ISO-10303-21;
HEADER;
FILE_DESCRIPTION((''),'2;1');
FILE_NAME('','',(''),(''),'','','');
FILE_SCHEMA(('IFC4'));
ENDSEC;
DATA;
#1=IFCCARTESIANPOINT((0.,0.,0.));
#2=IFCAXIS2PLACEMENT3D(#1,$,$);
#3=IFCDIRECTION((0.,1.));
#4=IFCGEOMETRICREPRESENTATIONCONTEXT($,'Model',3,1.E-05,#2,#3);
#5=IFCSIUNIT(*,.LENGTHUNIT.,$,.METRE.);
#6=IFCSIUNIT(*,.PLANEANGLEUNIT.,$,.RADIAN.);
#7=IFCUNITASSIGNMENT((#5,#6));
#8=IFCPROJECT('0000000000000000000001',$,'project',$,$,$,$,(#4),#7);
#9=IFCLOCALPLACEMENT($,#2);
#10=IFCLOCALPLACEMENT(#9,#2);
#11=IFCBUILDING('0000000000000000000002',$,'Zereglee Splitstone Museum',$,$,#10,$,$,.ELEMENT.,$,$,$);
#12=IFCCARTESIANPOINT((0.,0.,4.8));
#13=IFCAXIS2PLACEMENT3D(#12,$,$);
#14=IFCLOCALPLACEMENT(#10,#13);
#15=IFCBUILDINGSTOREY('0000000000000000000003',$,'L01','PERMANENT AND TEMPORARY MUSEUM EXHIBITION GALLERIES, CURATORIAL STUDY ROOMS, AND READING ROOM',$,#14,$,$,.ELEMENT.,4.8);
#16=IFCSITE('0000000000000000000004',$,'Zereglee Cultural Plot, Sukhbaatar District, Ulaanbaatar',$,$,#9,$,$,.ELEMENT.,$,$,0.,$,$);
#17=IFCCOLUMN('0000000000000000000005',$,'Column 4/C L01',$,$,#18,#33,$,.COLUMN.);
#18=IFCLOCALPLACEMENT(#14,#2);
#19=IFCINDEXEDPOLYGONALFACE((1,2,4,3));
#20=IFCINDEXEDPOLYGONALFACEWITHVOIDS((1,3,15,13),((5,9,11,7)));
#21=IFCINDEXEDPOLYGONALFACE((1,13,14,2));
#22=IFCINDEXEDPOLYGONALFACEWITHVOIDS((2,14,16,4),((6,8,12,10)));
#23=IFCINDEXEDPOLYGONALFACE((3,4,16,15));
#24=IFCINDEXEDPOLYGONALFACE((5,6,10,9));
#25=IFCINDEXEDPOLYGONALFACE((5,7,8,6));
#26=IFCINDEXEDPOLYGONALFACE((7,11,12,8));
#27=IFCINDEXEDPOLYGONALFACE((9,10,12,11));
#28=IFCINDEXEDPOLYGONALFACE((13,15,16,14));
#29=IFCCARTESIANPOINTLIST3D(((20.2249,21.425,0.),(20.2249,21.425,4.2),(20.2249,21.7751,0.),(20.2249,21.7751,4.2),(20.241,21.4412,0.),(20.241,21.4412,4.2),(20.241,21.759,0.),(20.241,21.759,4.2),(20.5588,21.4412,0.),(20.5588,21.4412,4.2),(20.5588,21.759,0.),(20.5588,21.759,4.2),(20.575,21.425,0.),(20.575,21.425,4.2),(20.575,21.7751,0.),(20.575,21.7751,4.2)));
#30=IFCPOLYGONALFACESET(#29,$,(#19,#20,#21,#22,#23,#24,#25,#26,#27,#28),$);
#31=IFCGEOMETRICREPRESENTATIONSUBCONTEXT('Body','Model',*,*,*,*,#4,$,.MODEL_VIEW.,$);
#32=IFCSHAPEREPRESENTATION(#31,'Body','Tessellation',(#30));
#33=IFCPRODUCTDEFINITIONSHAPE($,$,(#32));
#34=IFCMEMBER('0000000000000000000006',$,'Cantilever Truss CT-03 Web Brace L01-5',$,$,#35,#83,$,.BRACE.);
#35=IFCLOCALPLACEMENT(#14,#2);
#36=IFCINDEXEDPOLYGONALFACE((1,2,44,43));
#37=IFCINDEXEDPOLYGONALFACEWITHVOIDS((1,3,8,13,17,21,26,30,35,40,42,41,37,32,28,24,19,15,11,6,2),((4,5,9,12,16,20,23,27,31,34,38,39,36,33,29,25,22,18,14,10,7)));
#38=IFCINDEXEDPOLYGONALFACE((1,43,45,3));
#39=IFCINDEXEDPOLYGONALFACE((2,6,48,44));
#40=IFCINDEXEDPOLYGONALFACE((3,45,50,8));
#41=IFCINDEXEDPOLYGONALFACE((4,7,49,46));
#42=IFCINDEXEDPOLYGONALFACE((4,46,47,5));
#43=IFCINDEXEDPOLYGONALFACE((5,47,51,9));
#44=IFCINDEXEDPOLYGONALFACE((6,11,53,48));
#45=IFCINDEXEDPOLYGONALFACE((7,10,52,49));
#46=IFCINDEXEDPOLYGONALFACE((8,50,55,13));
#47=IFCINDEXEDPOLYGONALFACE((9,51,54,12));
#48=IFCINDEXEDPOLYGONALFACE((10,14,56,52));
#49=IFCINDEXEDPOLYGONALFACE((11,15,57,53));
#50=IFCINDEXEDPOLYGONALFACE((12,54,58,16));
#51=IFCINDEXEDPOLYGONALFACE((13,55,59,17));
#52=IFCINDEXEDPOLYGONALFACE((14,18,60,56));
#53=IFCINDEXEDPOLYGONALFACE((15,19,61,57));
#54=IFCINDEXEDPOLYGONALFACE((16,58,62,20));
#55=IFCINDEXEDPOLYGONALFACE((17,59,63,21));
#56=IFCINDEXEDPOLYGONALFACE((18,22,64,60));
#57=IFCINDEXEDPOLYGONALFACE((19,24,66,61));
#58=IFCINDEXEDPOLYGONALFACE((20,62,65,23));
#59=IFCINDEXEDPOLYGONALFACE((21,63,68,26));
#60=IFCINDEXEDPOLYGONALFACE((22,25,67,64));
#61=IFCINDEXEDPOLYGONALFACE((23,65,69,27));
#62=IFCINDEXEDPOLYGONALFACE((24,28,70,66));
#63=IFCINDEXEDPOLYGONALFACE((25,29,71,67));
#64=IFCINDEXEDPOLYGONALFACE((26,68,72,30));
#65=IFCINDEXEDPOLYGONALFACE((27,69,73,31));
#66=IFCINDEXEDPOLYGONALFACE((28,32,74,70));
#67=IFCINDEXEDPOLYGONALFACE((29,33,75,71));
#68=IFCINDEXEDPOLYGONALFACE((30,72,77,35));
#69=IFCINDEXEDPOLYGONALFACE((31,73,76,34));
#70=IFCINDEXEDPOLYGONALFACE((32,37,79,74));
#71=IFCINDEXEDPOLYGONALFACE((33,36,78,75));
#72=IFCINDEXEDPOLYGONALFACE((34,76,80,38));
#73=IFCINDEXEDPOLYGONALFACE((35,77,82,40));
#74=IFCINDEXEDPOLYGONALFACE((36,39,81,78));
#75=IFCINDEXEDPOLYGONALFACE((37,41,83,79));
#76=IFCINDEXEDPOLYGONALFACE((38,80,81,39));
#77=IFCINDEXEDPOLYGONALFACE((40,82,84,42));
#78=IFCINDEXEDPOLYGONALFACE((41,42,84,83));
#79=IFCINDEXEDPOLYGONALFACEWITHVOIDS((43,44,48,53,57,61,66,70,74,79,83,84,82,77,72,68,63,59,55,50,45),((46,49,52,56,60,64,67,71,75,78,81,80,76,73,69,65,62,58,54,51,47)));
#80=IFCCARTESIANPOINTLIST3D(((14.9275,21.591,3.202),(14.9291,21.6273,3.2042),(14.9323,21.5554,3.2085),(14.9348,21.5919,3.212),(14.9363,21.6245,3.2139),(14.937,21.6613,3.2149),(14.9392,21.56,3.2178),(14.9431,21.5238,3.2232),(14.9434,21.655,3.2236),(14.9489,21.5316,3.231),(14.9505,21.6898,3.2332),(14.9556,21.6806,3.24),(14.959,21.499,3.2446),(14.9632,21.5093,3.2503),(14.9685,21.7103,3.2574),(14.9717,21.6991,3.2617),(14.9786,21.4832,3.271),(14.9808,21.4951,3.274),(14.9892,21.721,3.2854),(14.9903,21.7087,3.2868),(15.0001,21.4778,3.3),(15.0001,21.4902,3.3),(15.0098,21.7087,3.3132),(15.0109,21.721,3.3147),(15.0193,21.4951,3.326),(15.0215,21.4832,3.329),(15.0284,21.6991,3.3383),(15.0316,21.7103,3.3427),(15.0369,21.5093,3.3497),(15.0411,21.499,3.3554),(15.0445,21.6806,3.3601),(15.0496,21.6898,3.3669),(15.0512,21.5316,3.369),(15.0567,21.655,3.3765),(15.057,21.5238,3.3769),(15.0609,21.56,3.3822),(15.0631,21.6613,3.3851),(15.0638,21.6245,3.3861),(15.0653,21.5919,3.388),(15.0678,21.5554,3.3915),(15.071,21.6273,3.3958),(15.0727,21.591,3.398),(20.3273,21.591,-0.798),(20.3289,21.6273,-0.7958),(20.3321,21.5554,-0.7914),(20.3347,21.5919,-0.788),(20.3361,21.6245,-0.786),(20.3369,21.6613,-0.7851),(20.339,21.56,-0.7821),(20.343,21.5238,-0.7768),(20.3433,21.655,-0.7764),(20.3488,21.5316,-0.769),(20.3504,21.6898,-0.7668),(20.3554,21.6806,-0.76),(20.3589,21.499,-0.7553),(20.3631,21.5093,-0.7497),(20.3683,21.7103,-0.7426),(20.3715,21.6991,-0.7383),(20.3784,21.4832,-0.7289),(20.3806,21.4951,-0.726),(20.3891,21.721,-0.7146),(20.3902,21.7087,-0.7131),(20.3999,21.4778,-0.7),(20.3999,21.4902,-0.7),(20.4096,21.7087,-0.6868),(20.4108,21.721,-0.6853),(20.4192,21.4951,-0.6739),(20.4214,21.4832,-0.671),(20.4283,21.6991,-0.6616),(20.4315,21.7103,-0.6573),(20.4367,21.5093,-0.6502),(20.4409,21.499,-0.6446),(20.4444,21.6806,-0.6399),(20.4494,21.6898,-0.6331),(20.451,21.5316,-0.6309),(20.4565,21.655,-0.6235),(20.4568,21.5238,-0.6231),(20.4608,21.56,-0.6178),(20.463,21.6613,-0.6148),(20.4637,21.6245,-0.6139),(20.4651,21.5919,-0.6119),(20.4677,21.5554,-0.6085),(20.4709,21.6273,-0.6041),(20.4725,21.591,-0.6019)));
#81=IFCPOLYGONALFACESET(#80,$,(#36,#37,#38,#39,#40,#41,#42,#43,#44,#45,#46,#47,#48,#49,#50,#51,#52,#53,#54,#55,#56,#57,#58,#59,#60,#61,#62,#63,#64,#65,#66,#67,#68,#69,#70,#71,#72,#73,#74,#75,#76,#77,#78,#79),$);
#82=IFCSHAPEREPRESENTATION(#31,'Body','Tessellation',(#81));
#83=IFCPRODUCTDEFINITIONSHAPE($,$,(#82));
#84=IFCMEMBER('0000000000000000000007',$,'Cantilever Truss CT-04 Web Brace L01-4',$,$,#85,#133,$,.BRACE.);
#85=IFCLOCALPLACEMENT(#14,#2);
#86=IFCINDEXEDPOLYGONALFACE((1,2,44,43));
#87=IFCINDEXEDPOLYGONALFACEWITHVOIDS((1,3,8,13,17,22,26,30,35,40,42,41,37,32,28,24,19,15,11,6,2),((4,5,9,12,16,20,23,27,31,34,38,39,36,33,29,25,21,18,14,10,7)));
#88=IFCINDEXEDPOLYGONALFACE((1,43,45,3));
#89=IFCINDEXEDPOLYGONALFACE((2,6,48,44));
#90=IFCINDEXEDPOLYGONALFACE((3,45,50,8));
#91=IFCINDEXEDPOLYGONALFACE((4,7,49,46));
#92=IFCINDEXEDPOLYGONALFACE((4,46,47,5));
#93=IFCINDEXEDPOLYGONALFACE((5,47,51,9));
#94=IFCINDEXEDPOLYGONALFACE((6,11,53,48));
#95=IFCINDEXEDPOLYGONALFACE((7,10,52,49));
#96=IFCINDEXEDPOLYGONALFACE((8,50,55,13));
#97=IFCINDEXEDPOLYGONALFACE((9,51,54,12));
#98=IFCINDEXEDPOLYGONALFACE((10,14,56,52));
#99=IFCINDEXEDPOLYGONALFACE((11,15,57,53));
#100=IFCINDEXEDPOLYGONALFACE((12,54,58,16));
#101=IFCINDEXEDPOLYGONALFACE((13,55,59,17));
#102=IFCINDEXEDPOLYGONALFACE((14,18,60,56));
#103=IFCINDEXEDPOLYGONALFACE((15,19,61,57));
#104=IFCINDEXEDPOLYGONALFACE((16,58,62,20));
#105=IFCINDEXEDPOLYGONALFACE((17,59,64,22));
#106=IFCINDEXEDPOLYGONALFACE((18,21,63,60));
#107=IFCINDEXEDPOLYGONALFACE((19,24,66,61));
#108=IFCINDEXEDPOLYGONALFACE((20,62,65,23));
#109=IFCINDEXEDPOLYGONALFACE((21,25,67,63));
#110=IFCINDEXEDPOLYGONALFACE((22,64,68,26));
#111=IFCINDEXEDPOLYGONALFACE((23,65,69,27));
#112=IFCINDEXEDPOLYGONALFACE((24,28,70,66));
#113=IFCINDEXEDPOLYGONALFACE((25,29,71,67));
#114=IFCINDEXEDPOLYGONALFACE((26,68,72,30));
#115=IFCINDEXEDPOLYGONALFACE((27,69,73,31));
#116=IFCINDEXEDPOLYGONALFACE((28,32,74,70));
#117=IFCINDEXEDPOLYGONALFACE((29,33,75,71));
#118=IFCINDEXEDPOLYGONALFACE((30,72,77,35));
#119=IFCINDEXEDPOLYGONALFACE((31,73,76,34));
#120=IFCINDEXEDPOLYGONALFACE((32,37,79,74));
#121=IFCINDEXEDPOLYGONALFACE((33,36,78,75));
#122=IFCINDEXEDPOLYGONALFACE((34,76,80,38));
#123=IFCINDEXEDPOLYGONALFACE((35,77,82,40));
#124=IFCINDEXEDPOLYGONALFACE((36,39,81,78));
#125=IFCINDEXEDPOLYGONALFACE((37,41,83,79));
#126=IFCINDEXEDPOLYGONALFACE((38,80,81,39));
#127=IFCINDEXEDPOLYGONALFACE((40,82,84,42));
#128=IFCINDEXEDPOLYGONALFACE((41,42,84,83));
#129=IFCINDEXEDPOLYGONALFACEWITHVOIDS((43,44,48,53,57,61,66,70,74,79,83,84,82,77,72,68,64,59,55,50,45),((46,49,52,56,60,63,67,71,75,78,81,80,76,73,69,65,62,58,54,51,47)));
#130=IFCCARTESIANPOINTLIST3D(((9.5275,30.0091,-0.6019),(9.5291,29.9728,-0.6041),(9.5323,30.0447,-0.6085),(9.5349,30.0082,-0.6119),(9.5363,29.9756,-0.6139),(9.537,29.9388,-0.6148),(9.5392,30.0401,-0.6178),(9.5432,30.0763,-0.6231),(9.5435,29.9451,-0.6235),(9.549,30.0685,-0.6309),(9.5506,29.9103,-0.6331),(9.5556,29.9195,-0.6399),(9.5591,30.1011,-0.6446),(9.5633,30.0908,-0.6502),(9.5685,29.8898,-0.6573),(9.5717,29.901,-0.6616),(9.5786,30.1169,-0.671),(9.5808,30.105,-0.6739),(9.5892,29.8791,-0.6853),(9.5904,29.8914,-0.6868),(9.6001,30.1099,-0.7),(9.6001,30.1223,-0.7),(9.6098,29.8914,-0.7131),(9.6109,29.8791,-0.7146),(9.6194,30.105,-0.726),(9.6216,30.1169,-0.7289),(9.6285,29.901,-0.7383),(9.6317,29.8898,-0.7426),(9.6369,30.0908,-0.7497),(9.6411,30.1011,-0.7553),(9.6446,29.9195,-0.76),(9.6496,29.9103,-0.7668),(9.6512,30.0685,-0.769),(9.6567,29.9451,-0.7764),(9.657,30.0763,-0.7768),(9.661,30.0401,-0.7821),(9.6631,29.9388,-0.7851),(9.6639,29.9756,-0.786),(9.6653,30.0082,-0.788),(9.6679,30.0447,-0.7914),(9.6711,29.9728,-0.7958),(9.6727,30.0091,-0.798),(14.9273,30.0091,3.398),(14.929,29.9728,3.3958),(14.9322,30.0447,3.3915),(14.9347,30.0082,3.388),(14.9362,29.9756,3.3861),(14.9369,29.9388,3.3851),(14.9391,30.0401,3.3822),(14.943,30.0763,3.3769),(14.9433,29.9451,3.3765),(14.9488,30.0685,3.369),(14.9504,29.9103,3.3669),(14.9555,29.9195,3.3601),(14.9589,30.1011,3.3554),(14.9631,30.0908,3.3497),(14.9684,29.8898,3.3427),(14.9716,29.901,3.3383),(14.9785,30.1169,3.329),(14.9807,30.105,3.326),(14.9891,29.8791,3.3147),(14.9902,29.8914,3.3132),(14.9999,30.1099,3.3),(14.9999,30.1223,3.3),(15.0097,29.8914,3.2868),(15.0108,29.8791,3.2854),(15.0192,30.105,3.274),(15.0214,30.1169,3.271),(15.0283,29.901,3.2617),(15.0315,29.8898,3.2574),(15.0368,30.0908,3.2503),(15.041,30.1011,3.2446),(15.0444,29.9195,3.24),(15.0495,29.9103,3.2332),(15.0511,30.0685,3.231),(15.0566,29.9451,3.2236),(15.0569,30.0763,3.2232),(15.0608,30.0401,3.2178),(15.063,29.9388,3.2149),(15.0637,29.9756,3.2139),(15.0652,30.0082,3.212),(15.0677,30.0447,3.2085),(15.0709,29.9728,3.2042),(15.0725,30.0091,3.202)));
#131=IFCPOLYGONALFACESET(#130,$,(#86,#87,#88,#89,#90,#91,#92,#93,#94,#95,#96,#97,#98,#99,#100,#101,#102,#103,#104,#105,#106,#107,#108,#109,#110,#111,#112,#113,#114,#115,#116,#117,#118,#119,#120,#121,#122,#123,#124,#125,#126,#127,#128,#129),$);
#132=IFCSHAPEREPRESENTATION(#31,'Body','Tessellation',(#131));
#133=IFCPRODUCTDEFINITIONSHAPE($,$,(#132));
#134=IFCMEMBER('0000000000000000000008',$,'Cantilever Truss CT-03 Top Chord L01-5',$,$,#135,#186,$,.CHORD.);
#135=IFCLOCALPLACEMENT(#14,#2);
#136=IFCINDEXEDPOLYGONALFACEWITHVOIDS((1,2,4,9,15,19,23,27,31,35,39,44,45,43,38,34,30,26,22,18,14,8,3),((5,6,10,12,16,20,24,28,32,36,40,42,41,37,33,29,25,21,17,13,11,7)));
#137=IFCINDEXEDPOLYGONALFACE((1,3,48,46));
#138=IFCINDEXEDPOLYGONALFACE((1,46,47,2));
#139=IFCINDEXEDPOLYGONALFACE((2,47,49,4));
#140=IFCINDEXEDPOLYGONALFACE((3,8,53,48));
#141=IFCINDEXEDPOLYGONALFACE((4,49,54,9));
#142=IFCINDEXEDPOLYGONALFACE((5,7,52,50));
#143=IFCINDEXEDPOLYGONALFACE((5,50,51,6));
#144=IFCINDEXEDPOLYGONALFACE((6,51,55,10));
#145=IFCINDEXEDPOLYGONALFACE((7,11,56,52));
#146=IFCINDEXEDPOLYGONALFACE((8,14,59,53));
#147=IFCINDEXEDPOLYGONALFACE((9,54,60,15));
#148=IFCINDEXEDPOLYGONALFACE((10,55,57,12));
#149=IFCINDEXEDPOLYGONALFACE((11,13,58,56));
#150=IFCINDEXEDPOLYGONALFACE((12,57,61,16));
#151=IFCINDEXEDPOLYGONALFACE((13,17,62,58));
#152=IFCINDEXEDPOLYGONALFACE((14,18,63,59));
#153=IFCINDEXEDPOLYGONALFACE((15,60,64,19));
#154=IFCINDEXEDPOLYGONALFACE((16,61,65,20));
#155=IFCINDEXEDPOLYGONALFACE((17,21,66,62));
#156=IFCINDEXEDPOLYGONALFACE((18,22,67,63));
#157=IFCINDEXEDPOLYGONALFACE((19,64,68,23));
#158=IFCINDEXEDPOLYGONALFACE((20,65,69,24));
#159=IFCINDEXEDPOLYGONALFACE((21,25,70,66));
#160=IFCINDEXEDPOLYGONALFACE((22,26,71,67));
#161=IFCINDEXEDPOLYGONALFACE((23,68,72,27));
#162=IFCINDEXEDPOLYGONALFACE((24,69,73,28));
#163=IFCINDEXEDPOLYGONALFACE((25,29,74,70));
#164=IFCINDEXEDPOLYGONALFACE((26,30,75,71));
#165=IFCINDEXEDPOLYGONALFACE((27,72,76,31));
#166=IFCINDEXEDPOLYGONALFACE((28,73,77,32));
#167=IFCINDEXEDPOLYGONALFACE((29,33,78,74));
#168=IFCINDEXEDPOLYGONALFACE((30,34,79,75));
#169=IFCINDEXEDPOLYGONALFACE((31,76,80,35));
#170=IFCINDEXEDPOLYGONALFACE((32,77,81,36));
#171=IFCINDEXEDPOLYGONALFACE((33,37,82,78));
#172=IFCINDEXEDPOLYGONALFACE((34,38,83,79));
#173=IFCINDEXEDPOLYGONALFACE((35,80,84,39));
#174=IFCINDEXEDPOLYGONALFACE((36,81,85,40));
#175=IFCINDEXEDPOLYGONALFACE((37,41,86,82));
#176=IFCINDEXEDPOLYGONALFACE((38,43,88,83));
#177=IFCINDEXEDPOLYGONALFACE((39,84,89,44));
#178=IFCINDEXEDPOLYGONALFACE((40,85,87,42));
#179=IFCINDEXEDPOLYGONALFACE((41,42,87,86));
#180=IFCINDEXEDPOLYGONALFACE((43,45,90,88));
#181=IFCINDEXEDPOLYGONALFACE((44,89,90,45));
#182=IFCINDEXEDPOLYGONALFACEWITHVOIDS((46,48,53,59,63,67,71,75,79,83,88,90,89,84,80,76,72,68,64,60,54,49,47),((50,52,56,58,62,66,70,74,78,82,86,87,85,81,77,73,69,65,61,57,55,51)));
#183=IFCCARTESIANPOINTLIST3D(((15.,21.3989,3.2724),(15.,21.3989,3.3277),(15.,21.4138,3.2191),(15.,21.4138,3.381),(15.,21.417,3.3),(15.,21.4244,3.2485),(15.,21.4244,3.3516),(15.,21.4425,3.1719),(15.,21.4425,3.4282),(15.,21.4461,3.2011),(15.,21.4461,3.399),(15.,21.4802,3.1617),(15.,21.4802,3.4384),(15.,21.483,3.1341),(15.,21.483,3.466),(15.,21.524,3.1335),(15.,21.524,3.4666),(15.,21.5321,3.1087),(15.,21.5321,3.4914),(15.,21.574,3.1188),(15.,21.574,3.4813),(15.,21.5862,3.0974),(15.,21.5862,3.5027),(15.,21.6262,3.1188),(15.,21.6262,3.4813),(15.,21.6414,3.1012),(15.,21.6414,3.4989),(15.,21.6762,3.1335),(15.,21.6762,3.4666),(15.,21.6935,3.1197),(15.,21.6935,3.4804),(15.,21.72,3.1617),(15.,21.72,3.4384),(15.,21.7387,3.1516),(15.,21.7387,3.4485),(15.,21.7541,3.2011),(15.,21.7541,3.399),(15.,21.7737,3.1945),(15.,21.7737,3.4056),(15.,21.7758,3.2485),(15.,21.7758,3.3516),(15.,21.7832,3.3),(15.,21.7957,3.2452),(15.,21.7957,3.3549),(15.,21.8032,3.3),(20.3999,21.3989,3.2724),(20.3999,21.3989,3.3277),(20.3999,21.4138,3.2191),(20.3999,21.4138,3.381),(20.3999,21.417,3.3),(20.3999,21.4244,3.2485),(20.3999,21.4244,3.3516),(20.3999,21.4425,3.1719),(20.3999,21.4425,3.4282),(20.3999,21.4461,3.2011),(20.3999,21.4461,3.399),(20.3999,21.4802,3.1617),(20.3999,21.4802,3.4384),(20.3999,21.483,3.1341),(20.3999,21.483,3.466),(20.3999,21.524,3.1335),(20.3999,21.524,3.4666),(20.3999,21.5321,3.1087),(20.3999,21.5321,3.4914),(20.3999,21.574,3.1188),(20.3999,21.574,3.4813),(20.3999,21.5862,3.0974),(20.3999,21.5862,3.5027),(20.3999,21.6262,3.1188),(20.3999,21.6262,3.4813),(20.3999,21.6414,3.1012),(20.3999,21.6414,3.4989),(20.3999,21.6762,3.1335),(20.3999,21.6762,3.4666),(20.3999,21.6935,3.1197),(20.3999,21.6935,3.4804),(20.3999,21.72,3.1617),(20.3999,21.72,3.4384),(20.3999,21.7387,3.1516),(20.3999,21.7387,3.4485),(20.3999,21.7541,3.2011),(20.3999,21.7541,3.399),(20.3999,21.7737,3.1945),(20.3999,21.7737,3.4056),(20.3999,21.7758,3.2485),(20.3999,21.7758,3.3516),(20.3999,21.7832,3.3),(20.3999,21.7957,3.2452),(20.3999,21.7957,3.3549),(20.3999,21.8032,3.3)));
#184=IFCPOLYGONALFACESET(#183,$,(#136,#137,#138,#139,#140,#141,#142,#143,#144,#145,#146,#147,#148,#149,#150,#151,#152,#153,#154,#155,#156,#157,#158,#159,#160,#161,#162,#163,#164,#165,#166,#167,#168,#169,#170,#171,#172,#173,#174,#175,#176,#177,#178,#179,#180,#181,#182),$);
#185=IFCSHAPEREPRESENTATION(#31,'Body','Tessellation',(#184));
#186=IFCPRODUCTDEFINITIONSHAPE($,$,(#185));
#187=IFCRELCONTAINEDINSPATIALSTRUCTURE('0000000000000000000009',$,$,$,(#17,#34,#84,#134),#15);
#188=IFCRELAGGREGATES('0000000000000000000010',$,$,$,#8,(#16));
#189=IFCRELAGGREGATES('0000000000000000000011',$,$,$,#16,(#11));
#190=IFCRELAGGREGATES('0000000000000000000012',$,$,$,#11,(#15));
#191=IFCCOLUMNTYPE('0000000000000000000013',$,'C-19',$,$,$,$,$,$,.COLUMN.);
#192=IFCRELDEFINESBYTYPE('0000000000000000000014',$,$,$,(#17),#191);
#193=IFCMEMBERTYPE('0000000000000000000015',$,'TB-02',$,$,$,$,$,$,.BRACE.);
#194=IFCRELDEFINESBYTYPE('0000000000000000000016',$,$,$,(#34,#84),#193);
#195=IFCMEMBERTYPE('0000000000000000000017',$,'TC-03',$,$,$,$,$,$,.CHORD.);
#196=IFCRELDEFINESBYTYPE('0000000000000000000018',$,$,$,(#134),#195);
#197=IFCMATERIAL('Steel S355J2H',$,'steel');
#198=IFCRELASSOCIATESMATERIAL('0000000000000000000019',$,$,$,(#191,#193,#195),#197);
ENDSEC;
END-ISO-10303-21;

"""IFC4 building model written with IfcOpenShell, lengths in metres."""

from ifc_helpers import new_model, si_unit, direction, frame, origin, origin_2d, place, context, subcontext, project, spatial, hollow_rectangle, hollow_circle, extrude, material, material_profile, profile_set, type_object, element, save


model = new_model("IFC4")

# Units and contexts
model_context = context("Model", 3, precision=1e-05, world=origin(), true_north=direction((0.0, 1.0)))
body_context = subcontext(model_context, "Body", "Model", "MODEL_VIEW")
ifc_project = project(units=[si_unit("LENGTHUNIT", "METRE"), si_unit("PLANEANGLEUNIT", "RADIAN")], contexts=[model_context])

# Site, building, storey
site_placement = place(None, origin())
site = spatial("IfcSite", under=ifc_project, at=site_placement, Name="Zereglee Cultural Plot, Sukhbaatar District, Ulaanbaatar", CompositionType="ELEMENT", RefElevation=0.0)
building_placement = place(site_placement, origin())
building = spatial("IfcBuilding", under=site, at=building_placement, Name="Zereglee Splitstone Museum", CompositionType="ELEMENT")
storey_placement = place(building_placement, frame((0.0, 0.0, 4.8)))
storey = spatial("IfcBuildingStorey", under=building, at=storey_placement, Name="L01", Description="PERMANENT AND TEMPORARY MUSEUM EXHIBITION GALLERIES, CURATORIAL STUDY ROOMS, AND READING ROOM", CompositionType="ELEMENT", Elevation=4.8)

# Column
ifc_material_1 = material(Name="Steel S355J2H", Category="steel")
ifc_material_profile_1 = material_profile(ifc_material_1, hollow_rectangle(XDim=0.3501, YDim=0.3501, WallThickness=0.0161, at=origin_2d()), Name="SHS 350x350x16")
ifc_profile_set_1 = profile_set([ifc_material_profile_1], Name="Steel S355J2H")
column_type = type_object("IfcColumnType", Name="C-19", PredefinedType="COLUMN", material=ifc_profile_set_1)
column_placement = place(storey_placement, frame((20.3999, 21.6001, 0.0), z_axis=(0.0, 0.0, 1.0), x_axis=(1.0, 0.0, 0.0)))
element("IfcColumn", 1, at=column_placement, inside=storey, type_object=column_type, Name="Column 4/C L01", PredefinedType="COLUMN", context=body_context, shape_type="SweptSolid", body=[
    extrude(hollow_rectangle(XDim=0.3501, YDim=0.3501, WallThickness=0.0161, at=origin_2d()), origin(), (0.0, 0.0, 1.0), 4.2),
])

# Members
ifc_material_profile_2 = material_profile(ifc_material_1, hollow_circle(Radius=0.1223, WallThickness=0.0125, at=origin_2d()), Name="CHS 244.5x12.5")
ifc_profile_set_2 = profile_set([ifc_material_profile_2], Name="Steel S355J2H")
member_type_1 = type_object("IfcMemberType", Name="TB-02", PredefinedType="BRACE", material=ifc_profile_set_2)
for number, where, z_axis, x_axis, name in (
    (2, (20.3999, 21.6001, -0.7), (-0.803552, 0.0, 0.595235), (0.0, -1.0, 0.0), "Cantilever Truss CT-03 Web Brace L01-5"),
    (3, (9.6001, 30.0, -0.7), (0.803552, 0.0, 0.595235), (0.0, 1.0, 0.0), "Cantilever Truss CT-04 Web Brace L01-4"),
):
    element("IfcMember", number, at=place(storey_placement, frame(where, z_axis=z_axis, x_axis=x_axis)), inside=storey, type_object=member_type_1, Name=name, PredefinedType="BRACE", context=body_context, shape_type="SweptSolid", body=[
        extrude(hollow_circle(Radius=0.1223, WallThickness=0.0125, at=origin_2d()), origin(), (0.0, 0.0, 1.0), 6.72),
    ])
ifc_material_profile_3 = material_profile(ifc_material_1, hollow_circle(Radius=0.2031, WallThickness=0.02, at=origin_2d()), Name="CHS 406.4x20")
ifc_profile_set_3 = profile_set([ifc_material_profile_3], Name="Steel S355J2H")
member_type_2 = type_object("IfcMemberType", Name="TC-03", PredefinedType="CHORD", material=ifc_profile_set_3)
for number, where, z_axis, x_axis, name in (
    (4, (15.0, 21.6001, 3.3), (1.0, 0.0, 0.0), (0.0, 1.0, 0.0), "Cantilever Truss CT-03 Top Chord L01-5"),
):
    element("IfcMember", number, at=place(storey_placement, frame(where, z_axis=z_axis, x_axis=x_axis)), inside=storey, type_object=member_type_2, Name=name, PredefinedType="CHORD", context=body_context, shape_type="SweptSolid", body=[
        extrude(hollow_circle(Radius=0.2031, WallThickness=0.02, at=origin_2d()), origin(), (0.0, 0.0, 1.0), 5.3999),
    ])

save(model, "model.ifc")
